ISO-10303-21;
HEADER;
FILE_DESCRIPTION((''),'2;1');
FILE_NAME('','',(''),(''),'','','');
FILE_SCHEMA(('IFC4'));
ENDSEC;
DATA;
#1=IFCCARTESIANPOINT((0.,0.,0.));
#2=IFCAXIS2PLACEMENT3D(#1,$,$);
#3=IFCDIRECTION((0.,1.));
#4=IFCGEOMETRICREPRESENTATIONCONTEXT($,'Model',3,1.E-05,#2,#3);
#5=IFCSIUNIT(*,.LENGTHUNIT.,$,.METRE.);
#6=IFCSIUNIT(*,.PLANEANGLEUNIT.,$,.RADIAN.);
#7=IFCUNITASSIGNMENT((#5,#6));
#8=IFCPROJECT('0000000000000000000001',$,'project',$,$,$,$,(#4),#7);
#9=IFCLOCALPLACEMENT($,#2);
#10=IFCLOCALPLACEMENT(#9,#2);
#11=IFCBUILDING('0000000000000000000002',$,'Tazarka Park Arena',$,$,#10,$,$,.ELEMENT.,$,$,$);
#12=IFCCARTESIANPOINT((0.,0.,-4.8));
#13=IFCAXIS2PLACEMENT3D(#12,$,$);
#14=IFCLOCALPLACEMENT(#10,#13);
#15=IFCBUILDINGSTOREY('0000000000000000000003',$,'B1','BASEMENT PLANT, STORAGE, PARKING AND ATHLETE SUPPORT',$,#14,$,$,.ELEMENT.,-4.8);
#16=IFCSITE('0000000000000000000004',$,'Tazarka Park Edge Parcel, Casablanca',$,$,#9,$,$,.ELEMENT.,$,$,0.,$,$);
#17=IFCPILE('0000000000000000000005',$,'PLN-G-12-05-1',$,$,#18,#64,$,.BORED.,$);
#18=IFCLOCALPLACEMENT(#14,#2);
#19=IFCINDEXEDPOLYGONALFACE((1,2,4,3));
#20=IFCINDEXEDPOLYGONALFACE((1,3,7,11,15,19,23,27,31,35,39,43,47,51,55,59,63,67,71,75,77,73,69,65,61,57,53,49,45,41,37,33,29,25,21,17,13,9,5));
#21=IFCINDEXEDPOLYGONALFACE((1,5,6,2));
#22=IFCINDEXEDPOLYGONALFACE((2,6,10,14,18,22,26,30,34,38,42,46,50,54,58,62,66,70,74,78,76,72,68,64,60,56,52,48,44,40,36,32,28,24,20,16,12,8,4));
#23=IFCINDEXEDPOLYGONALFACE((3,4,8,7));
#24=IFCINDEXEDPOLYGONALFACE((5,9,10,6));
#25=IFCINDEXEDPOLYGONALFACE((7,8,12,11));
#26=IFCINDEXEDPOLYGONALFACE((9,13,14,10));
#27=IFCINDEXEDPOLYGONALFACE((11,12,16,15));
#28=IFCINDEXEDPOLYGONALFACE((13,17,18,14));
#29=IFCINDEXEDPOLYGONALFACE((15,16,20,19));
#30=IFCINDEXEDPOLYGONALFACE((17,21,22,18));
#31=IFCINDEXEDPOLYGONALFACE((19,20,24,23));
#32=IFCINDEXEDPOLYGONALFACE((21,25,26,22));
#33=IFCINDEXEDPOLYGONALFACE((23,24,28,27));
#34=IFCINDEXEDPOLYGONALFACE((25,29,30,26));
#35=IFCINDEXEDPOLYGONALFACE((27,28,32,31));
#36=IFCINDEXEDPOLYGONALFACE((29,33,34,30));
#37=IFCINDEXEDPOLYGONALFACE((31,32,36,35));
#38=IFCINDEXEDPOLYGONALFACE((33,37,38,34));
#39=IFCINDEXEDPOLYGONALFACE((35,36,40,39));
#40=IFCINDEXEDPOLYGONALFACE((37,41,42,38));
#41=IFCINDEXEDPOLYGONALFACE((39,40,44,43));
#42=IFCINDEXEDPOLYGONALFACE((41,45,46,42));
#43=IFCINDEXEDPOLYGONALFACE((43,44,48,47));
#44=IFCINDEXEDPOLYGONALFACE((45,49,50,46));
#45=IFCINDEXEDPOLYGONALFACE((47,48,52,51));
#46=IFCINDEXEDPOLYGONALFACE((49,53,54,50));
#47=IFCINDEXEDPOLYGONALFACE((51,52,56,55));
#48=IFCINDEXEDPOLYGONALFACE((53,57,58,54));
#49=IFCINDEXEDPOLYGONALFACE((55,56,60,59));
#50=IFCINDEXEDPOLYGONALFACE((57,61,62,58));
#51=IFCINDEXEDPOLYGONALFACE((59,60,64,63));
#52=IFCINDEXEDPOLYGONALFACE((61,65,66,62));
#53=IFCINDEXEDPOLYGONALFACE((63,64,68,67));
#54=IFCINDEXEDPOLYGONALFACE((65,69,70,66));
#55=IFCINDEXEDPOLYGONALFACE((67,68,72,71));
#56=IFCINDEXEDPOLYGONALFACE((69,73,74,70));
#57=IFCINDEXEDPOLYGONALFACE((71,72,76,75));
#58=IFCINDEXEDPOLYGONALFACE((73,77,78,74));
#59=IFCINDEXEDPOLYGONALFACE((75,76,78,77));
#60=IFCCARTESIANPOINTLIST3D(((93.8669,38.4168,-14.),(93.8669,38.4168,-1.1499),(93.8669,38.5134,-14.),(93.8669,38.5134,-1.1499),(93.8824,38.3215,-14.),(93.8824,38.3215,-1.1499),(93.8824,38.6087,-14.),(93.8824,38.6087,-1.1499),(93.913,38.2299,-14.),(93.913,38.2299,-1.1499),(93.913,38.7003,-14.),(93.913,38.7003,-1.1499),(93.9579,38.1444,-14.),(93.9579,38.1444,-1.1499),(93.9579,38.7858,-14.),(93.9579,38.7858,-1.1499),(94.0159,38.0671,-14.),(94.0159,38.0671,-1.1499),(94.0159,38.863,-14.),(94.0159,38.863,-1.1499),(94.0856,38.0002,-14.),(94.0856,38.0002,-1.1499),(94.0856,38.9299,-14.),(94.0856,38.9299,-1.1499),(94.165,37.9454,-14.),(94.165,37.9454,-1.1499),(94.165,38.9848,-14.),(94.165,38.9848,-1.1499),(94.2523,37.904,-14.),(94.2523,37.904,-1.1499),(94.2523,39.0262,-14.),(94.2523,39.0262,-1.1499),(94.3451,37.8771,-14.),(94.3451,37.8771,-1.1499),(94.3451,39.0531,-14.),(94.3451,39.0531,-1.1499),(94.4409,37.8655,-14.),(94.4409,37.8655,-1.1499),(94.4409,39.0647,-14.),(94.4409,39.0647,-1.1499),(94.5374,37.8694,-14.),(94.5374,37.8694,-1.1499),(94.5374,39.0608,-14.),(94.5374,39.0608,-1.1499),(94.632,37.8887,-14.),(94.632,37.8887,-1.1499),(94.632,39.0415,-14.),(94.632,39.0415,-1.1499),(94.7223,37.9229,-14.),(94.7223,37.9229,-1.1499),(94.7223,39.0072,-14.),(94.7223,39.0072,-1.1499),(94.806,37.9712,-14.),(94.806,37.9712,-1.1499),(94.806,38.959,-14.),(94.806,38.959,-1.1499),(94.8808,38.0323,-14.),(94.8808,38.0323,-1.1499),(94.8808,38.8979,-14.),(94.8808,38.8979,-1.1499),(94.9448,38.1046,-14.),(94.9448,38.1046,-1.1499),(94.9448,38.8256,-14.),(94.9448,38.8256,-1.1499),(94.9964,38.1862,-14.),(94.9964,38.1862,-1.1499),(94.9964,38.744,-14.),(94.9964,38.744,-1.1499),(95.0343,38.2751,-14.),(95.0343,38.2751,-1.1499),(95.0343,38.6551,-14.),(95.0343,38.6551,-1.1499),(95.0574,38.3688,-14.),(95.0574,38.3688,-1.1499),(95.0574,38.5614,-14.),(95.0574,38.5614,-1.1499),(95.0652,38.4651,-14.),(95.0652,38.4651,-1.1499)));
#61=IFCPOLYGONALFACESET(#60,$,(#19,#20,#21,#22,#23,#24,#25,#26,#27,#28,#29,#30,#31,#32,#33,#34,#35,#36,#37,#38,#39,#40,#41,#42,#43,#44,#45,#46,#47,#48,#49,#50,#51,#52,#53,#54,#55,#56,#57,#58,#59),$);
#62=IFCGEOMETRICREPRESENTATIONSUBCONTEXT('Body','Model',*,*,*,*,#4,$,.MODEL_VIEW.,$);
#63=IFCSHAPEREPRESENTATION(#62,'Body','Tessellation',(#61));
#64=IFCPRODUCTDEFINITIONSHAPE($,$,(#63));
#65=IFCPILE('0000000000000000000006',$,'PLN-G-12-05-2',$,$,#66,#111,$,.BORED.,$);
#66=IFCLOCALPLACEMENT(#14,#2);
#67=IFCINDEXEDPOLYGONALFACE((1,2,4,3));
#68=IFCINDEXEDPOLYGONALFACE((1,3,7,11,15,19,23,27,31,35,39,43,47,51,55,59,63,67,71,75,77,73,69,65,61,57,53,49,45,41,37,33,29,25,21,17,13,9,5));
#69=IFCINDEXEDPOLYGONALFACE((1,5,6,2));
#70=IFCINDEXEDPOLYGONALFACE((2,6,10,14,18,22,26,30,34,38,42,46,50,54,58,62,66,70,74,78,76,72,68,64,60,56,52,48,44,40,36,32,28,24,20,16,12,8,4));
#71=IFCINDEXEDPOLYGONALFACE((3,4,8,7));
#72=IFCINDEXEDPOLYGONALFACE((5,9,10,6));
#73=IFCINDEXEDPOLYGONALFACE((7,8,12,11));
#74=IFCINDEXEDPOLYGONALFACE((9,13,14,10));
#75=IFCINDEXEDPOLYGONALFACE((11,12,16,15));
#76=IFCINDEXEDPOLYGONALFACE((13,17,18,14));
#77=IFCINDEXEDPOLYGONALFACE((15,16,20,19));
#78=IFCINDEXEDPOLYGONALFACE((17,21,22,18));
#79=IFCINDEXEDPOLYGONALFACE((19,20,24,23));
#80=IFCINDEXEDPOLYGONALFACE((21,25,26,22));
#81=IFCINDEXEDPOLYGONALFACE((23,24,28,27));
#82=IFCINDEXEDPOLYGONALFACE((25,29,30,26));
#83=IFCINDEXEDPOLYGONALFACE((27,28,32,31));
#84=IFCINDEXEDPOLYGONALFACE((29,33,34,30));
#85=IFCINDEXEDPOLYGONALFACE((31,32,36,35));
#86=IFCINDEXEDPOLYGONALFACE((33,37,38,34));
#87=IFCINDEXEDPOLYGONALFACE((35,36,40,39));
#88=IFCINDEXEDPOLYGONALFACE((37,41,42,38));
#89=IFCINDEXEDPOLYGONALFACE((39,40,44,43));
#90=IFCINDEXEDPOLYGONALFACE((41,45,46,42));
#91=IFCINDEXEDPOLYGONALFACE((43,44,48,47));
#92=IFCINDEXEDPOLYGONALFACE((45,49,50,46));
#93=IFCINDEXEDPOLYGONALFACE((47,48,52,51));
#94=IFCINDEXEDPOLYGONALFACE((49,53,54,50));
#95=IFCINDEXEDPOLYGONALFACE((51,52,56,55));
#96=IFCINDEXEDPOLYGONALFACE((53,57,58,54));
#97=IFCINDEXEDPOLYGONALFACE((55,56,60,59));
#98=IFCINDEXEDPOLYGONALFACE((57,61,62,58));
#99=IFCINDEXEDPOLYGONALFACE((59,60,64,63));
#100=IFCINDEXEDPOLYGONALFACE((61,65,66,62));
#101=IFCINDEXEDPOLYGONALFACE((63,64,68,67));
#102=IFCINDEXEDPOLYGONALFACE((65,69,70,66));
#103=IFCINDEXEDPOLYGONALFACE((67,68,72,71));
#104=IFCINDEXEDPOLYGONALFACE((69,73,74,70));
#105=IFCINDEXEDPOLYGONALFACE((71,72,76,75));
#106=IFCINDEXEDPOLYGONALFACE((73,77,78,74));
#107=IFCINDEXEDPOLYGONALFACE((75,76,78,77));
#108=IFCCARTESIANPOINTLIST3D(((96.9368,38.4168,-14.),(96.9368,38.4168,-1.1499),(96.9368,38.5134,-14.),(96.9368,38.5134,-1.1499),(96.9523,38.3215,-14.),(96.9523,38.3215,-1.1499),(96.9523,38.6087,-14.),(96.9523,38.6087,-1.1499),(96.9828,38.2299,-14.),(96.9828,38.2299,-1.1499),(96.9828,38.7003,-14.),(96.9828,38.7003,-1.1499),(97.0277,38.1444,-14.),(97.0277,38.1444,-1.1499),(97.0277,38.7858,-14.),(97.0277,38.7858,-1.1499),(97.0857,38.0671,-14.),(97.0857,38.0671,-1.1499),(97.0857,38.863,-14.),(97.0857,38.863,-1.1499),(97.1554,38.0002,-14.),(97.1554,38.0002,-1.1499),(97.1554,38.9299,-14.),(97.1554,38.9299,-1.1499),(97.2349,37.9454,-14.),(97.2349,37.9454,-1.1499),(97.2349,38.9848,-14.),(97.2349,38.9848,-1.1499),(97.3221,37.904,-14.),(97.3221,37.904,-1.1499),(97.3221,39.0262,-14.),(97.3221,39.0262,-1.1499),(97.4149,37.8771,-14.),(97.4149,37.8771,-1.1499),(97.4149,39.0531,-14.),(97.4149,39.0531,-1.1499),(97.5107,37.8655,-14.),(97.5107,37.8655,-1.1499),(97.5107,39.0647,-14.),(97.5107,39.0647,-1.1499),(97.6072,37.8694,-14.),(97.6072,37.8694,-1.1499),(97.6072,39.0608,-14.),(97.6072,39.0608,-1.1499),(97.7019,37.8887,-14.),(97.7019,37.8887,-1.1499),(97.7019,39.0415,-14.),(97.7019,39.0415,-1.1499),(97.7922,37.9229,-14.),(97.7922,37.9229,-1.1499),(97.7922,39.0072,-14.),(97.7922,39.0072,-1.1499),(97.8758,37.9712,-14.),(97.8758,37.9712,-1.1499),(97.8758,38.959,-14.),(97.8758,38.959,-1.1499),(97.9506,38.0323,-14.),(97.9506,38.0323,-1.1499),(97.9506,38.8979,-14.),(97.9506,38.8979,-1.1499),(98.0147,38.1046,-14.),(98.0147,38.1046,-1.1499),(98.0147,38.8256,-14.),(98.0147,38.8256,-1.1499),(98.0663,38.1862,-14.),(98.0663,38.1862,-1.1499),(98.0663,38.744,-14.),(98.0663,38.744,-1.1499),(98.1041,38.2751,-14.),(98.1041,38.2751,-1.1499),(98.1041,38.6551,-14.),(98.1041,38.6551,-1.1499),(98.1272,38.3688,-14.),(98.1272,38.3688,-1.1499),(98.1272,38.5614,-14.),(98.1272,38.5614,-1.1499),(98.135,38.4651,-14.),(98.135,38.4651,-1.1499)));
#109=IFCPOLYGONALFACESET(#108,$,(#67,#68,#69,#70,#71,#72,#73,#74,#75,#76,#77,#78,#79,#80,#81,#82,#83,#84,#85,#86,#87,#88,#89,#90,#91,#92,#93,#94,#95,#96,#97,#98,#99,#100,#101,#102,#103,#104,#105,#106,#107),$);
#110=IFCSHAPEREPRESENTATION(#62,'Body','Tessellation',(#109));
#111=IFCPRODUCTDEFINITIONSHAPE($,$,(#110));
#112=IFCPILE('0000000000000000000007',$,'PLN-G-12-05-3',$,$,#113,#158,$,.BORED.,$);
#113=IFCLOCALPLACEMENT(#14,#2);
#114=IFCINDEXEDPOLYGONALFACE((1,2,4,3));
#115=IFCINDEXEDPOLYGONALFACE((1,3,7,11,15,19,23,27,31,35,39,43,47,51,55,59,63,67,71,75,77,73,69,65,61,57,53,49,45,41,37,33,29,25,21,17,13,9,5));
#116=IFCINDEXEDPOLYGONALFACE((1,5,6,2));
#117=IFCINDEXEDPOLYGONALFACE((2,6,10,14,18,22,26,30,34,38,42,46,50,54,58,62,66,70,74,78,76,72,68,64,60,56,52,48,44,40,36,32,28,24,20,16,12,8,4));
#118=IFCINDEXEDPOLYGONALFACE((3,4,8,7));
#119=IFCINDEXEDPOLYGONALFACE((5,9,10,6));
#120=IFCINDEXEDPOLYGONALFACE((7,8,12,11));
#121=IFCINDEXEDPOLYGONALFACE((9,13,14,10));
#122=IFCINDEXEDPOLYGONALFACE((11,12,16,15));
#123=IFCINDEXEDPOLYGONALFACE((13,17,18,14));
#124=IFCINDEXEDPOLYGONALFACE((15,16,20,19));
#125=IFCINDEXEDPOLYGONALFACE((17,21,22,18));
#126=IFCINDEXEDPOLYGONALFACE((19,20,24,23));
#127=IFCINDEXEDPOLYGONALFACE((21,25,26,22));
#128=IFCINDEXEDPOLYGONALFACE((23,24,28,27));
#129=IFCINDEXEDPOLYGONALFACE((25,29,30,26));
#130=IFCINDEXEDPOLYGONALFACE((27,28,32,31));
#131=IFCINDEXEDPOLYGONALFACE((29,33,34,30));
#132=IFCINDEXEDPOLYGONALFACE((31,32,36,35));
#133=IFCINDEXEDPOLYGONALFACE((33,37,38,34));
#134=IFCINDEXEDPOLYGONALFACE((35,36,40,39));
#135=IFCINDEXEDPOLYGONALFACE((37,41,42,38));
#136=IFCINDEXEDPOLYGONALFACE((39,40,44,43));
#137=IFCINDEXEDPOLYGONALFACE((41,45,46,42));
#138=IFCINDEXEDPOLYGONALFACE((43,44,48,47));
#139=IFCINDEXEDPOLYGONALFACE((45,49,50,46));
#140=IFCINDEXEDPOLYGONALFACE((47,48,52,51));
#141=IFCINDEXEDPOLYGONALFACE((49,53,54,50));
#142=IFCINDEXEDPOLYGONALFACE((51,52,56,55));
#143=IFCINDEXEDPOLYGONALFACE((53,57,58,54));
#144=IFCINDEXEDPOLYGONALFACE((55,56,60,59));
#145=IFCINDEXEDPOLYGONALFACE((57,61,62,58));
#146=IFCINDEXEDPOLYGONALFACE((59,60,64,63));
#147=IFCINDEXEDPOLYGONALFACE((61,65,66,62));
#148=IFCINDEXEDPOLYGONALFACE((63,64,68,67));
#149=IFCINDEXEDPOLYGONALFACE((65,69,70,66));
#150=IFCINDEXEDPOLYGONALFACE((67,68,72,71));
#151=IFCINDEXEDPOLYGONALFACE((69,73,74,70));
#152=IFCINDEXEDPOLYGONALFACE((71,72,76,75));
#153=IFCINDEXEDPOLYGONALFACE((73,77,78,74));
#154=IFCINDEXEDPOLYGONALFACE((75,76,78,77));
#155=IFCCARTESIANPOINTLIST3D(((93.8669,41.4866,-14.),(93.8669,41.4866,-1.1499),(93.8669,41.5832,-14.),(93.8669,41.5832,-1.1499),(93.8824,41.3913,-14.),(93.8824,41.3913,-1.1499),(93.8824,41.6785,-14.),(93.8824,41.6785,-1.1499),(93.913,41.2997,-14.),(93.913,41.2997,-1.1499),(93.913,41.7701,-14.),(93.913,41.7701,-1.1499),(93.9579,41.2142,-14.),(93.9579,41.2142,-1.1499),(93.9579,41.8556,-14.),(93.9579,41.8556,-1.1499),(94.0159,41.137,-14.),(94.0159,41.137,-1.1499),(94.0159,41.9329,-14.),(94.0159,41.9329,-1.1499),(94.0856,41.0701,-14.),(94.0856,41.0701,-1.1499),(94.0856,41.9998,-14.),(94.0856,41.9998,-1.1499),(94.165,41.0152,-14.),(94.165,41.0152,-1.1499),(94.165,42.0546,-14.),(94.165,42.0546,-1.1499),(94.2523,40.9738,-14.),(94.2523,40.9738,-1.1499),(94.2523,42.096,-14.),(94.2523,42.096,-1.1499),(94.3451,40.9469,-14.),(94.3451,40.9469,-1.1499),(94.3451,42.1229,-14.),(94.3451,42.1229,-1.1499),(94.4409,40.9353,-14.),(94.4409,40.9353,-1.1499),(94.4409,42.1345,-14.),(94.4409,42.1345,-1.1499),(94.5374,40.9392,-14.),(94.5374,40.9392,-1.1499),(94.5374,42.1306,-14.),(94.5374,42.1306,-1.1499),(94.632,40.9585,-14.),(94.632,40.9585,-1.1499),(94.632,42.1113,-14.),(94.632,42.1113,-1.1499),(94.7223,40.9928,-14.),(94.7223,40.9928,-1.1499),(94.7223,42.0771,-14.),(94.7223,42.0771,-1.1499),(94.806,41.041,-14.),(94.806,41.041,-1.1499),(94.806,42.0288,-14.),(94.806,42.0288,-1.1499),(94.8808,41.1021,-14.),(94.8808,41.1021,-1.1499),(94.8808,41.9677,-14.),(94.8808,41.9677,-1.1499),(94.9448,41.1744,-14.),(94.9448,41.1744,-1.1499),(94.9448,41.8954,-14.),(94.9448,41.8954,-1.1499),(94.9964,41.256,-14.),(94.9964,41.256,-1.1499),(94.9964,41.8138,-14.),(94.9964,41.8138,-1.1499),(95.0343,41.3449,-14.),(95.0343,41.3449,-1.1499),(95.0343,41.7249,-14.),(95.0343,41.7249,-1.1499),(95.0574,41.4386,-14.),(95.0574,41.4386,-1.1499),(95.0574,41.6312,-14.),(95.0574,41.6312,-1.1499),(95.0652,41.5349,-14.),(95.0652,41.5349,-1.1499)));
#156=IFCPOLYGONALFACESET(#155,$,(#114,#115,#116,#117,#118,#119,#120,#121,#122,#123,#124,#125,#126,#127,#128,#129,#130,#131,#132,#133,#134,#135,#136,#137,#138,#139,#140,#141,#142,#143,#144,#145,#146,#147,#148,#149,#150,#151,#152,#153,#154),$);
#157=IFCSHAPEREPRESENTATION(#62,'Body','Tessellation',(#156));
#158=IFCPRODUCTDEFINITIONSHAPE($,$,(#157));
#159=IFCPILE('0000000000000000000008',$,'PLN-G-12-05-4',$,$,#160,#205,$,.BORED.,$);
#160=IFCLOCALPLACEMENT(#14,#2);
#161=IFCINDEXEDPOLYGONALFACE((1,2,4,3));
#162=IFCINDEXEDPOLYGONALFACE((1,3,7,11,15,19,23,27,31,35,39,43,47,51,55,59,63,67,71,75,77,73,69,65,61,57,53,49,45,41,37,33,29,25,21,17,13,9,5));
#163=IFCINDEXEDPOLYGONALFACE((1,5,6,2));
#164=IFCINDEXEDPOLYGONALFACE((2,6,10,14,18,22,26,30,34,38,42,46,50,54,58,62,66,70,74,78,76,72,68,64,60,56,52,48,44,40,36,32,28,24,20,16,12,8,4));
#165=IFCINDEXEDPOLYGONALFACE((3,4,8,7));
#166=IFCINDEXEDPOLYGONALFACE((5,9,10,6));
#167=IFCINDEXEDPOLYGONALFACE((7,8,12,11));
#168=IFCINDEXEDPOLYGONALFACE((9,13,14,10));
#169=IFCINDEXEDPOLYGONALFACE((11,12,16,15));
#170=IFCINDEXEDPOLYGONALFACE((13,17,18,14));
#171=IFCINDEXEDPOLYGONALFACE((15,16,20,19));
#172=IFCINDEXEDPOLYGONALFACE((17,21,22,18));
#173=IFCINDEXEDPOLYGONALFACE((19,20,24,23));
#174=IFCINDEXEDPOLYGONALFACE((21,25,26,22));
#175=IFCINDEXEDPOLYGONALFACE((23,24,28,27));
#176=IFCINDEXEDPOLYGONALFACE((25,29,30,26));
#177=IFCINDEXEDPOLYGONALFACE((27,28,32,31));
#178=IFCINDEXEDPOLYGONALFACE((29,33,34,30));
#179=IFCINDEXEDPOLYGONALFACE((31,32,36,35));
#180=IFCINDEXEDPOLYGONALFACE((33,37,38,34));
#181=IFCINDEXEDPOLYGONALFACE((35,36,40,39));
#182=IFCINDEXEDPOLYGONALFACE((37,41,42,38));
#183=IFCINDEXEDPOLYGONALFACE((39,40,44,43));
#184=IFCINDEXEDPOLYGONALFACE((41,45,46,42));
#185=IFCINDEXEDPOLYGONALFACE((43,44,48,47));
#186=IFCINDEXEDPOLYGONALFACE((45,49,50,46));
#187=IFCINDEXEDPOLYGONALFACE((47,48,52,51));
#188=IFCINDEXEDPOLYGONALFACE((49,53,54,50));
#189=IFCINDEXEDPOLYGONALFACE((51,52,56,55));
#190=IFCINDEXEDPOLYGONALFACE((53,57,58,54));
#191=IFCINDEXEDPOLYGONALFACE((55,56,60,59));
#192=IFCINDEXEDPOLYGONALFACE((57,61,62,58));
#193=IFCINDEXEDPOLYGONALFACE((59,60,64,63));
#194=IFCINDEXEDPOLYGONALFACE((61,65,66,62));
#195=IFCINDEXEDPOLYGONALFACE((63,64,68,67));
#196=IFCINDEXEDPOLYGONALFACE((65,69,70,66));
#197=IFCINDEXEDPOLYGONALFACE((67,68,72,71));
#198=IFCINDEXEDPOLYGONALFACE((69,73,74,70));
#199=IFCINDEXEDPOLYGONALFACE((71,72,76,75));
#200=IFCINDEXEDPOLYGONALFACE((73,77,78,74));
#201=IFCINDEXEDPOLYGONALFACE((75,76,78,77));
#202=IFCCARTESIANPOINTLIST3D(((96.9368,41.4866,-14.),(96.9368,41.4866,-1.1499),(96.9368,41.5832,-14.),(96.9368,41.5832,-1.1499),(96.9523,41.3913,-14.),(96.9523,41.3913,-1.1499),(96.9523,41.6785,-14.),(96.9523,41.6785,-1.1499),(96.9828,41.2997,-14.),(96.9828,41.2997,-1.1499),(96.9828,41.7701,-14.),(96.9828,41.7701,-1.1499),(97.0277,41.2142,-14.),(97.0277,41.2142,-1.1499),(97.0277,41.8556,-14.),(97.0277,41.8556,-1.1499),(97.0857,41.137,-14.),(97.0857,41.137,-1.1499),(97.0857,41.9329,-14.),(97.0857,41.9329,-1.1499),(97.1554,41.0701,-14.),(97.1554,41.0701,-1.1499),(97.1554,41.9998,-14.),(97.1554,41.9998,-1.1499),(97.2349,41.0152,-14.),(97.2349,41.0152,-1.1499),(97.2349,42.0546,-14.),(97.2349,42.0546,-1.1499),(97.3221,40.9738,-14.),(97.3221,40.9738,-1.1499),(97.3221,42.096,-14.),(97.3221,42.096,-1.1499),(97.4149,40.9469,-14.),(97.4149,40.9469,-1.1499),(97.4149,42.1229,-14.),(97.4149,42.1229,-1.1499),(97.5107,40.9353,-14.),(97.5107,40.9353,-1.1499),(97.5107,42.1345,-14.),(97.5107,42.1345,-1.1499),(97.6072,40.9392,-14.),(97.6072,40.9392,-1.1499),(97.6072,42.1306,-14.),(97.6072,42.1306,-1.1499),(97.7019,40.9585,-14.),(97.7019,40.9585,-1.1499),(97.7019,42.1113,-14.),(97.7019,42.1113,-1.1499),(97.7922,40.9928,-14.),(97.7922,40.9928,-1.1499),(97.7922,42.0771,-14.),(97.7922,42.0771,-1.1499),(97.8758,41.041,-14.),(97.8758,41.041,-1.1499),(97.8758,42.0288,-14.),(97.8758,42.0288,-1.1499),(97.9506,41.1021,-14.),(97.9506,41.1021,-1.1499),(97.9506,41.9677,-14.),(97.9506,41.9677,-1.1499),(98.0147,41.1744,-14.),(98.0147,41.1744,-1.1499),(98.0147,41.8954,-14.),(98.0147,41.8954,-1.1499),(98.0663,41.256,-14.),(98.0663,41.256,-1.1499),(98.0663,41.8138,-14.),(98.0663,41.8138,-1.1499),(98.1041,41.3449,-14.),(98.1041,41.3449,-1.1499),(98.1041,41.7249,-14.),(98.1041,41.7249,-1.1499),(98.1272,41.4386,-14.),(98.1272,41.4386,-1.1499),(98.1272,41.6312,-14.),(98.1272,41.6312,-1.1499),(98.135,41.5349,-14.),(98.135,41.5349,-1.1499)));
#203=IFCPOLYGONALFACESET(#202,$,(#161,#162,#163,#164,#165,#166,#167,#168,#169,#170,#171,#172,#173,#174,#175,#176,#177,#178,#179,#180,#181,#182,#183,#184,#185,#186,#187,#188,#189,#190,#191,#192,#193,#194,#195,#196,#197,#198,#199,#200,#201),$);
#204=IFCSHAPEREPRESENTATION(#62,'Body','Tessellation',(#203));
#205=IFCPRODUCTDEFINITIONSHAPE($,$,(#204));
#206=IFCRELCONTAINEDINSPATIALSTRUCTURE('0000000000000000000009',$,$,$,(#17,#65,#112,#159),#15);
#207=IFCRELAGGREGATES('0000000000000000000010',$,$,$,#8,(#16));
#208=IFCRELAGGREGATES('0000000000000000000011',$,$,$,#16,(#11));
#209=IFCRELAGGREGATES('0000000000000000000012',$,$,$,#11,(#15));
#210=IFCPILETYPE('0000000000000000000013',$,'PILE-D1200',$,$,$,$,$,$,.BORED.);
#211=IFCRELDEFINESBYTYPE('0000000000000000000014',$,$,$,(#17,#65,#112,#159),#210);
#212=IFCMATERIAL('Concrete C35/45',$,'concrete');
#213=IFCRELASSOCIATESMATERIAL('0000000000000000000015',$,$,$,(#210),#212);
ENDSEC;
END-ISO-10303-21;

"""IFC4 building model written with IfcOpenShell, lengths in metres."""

from ifc_helpers import new_model, si_unit, direction, frame, origin, origin_2d, place, context, subcontext, project, spatial, circle, extrude, material, material_profile, profile_set, type_object, element, save


model = new_model("IFC4")

# Units and contexts
model_context = context("Model", 3, precision=1e-05, world=origin(), true_north=direction((0.0, 1.0)))
body_context = subcontext(model_context, "Body", "Model", "MODEL_VIEW")
ifc_project = project(units=[si_unit("LENGTHUNIT", "METRE"), si_unit("PLANEANGLEUNIT", "RADIAN")], contexts=[model_context])

# Site, building, storey
site_placement = place(None, origin())
site = spatial("IfcSite", under=ifc_project, at=site_placement, Name="Tazarka Park Edge Parcel, Casablanca", CompositionType="ELEMENT", RefElevation=0.0)
building_placement = place(site_placement, origin())
building = spatial("IfcBuilding", under=site, at=building_placement, Name="Tazarka Park Arena", CompositionType="ELEMENT")
storey_placement = place(building_placement, frame((0.0, 0.0, -4.8)))
storey = spatial("IfcBuildingStorey", under=building, at=storey_placement, Name="B1", Description="BASEMENT PLANT, STORAGE, PARKING AND ATHLETE SUPPORT", CompositionType="ELEMENT", Elevation=-4.8)

# Piles
ifc_material_1 = material(Name="Concrete C35/45", Category="concrete")
ifc_material_profile_1 = material_profile(ifc_material_1, circle(Radius=0.6001, at=origin_2d()), Name="Concrete C35/45")
ifc_profile_set_1 = profile_set([ifc_material_profile_1], Name="Concrete C35/45")
pile_type_1 = type_object("IfcPileType", Name="PILE-D1200", PredefinedType="BORED", material=ifc_profile_set_1)
for number, where, z_axis, x_axis, name in (
    (1, (94.4651, 38.4651, -1.1499), (0.0, 0.0, -1.0), (1.0, 0.0, 0.0), "PLN-G-12-05-1"),
    (2, (97.5349, 38.4651, -1.1499), (0.0, 0.0, -1.0), (1.0, 0.0, 0.0), "PLN-G-12-05-2"),
    (3, (94.4651, 41.5349, -1.1499), (0.0, 0.0, -1.0), (1.0, 0.0, 0.0), "PLN-G-12-05-3"),
    (4, (97.5349, 41.5349, -1.1499), (0.0, 0.0, -1.0), (1.0, 0.0, 0.0), "PLN-G-12-05-4"),
):
    element("IfcPile", number, at=place(storey_placement, frame(where, z_axis=z_axis, x_axis=x_axis)), inside=storey, type_object=pile_type_1, Name=name, PredefinedType="BORED", context=body_context, shape_type="SweptSolid", body=[
        extrude(circle(Radius=0.6001, at=origin_2d()), origin(), (0.0, 0.0, 1.0), 12.8501),
    ])

save(model, "model.ifc")
